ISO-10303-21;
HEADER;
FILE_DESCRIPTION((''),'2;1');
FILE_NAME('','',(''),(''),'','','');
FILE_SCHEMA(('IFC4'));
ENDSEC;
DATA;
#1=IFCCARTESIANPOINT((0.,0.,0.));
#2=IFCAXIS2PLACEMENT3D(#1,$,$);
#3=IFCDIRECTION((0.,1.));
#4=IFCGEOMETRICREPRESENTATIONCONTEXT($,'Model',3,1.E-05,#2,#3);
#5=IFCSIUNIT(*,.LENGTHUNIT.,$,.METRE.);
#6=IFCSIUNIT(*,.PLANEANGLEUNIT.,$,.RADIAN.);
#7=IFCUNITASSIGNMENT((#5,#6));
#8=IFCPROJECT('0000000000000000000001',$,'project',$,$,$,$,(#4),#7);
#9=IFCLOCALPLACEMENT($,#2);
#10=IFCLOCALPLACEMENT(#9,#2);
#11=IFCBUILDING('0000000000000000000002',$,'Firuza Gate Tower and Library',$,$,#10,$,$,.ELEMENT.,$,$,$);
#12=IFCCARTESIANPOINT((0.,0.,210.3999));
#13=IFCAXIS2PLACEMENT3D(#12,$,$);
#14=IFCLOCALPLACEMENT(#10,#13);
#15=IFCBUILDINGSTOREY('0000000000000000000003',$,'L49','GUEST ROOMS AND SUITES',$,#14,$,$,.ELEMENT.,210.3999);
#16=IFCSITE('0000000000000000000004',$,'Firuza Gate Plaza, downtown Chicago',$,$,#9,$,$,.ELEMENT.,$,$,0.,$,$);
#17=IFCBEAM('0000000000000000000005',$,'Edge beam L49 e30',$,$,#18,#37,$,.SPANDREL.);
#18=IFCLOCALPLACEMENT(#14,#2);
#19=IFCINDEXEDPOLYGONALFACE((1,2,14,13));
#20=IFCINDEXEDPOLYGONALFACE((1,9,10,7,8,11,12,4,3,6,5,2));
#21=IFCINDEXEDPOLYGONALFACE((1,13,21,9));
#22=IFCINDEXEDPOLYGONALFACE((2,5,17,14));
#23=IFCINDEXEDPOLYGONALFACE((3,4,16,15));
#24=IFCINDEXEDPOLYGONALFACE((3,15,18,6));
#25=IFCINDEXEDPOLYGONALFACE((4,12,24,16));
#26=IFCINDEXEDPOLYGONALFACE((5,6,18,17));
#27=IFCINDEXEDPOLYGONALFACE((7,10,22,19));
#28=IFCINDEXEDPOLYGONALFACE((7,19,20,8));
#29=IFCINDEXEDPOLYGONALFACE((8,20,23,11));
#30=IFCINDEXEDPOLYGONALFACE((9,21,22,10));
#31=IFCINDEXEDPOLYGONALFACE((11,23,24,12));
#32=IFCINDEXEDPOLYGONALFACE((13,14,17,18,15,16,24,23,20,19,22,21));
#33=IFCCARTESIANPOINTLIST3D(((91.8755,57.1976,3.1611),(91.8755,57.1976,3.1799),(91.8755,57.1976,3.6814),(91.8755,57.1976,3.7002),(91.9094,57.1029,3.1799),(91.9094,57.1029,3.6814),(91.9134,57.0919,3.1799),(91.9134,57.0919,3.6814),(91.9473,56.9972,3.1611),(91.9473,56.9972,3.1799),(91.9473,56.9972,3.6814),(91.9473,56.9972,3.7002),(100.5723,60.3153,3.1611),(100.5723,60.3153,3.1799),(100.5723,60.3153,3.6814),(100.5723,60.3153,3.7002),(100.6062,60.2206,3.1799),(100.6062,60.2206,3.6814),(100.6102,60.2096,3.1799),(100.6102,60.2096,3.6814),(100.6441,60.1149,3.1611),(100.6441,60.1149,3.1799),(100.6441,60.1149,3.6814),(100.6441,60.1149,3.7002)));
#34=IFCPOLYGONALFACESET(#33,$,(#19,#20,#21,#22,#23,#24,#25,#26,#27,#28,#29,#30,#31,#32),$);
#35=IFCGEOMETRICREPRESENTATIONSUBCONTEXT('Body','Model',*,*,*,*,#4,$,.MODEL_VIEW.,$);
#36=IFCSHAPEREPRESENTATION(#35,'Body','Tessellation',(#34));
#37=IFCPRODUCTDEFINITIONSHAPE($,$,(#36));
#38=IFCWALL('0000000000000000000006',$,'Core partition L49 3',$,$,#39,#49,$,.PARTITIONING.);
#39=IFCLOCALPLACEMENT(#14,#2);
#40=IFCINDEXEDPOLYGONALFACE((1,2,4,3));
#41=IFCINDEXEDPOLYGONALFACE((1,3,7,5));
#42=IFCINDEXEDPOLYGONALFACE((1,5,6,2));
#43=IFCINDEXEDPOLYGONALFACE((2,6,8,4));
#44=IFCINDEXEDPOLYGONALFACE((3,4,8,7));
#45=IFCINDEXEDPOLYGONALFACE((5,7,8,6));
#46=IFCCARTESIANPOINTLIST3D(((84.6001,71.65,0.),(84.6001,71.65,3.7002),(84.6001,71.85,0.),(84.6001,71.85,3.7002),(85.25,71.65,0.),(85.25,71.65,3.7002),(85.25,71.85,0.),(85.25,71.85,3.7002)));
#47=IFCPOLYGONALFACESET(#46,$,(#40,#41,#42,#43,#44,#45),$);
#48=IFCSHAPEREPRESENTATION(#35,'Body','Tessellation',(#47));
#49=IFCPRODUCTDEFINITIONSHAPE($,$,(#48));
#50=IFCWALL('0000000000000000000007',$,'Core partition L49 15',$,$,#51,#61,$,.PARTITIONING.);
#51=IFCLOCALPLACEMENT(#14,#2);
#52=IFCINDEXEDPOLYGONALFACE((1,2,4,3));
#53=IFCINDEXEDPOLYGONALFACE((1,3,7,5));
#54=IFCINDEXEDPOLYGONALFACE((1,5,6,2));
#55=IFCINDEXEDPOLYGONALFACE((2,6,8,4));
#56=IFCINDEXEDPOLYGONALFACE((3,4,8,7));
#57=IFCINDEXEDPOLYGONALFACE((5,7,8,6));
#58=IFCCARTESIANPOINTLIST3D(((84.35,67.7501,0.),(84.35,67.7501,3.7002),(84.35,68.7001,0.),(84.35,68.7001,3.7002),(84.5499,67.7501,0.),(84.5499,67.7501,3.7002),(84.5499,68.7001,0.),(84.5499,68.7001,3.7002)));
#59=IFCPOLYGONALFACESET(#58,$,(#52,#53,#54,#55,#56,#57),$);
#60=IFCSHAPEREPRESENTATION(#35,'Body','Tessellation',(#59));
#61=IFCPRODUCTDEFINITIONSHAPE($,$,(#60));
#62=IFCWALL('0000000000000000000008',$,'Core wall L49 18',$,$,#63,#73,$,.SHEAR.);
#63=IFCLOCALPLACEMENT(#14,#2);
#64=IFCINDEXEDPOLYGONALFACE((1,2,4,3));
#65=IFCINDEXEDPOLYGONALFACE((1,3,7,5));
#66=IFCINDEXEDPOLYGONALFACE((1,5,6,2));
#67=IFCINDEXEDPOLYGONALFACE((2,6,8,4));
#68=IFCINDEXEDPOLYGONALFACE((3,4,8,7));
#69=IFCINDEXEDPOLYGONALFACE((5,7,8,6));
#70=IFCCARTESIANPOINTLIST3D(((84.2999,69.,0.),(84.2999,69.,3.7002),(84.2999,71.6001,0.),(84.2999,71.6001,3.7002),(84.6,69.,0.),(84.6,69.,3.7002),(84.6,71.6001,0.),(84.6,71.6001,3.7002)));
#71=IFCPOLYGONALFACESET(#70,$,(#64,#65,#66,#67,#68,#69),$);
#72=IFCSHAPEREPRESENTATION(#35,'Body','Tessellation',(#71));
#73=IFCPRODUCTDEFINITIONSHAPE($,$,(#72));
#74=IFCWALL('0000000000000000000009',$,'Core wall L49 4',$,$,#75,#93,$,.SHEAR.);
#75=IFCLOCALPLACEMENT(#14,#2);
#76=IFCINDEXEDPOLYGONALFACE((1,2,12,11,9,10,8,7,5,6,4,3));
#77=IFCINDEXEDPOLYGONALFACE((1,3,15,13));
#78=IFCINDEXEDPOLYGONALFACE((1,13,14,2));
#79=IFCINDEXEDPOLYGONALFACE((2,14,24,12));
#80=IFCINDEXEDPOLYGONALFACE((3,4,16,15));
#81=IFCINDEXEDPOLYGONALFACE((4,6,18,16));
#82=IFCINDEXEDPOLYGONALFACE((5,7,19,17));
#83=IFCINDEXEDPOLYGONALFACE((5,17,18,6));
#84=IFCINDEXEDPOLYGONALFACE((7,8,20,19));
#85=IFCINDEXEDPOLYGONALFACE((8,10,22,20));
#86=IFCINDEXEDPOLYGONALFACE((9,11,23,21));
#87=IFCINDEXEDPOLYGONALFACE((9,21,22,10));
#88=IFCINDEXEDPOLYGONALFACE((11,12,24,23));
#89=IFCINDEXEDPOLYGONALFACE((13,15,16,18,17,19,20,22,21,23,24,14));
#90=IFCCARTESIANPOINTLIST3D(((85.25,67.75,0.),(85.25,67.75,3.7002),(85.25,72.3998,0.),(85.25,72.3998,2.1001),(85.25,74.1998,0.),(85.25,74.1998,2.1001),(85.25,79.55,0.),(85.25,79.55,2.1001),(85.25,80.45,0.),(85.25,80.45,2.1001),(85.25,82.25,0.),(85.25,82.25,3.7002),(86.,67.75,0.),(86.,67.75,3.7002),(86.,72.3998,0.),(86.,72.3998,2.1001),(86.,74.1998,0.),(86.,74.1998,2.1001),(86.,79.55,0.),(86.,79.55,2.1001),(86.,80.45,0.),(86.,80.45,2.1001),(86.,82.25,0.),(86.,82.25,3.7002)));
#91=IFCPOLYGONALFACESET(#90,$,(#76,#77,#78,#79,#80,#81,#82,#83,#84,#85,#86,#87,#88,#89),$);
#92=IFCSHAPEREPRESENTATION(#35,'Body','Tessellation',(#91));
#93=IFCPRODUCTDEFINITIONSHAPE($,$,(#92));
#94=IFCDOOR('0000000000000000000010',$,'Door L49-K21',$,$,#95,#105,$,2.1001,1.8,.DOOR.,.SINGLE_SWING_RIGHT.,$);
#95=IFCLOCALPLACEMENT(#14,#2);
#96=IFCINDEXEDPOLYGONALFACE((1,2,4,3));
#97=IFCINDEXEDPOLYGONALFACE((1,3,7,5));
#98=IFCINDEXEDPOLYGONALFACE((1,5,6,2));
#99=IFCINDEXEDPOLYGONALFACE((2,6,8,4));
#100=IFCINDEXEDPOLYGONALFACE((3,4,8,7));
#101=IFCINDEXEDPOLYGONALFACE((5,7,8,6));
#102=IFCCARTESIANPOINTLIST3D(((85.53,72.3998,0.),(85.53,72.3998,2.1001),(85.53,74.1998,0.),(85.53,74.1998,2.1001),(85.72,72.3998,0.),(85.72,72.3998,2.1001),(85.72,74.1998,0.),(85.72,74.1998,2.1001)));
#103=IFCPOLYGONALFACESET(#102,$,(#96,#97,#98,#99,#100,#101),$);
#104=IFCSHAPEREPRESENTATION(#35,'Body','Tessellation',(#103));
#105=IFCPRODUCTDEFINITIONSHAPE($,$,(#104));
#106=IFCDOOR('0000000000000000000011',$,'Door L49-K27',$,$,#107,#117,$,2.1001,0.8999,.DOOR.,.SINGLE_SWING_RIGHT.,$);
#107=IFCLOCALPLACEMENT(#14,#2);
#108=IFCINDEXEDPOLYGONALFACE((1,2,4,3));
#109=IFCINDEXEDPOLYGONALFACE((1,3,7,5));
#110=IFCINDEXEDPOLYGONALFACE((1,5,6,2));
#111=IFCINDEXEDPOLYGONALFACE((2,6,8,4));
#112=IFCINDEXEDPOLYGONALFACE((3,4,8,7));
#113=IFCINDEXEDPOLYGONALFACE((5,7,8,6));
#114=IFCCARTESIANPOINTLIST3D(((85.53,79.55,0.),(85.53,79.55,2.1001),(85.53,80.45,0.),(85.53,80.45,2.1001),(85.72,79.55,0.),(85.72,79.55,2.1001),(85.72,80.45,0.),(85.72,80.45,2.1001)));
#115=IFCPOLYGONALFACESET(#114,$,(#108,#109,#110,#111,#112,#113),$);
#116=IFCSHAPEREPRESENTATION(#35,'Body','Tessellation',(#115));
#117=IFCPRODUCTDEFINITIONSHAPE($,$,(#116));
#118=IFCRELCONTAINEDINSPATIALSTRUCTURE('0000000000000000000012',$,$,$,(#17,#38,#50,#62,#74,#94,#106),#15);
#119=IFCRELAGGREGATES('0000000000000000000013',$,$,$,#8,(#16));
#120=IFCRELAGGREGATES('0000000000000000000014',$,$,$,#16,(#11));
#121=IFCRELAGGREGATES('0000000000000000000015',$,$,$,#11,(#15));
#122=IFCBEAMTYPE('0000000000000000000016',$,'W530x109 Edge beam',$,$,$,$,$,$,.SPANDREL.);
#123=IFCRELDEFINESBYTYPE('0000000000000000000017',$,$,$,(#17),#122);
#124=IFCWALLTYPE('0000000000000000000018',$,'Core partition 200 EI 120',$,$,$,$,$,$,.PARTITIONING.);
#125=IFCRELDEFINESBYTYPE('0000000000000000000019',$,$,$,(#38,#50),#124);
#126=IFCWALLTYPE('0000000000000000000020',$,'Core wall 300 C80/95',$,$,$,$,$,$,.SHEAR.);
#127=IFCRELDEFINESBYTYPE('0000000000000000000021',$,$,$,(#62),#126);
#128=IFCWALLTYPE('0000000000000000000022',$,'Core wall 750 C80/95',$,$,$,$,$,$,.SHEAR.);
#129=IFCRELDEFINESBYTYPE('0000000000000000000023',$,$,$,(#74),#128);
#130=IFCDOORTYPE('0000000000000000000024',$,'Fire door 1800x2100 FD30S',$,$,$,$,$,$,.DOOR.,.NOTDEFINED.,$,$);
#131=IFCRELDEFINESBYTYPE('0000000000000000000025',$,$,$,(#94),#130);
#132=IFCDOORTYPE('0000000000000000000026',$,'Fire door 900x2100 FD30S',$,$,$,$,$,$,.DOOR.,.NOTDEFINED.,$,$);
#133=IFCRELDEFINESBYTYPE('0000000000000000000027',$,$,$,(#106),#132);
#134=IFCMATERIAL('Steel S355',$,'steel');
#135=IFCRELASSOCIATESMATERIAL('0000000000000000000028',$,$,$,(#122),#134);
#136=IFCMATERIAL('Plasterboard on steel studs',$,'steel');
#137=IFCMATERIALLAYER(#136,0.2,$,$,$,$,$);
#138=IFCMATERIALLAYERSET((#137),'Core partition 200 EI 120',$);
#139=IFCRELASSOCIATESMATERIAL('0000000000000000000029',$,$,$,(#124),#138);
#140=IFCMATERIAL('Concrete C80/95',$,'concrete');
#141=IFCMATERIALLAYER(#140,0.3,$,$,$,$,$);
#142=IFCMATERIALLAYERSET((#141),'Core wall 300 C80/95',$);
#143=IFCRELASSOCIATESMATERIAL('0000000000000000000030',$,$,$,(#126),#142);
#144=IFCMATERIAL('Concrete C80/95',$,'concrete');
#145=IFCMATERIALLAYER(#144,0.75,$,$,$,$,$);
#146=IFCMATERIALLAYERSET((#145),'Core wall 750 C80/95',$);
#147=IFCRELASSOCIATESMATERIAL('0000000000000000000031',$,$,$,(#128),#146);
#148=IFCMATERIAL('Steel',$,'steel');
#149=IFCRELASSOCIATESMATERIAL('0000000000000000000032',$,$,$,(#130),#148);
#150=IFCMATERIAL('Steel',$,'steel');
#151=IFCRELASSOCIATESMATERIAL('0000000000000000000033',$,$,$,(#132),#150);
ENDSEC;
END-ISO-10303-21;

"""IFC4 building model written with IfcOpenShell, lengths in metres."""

from ifc_helpers import new_model, si_unit, direction, frame, frame_2d, origin, origin_2d, place, context, subcontext, project, spatial, rectangle, i_section, extrude, material, layer, layer_set, material_profile, profile_set, type_object, element, fill, save


model = new_model("IFC4")

# Units and contexts
model_context = context("Model", 3, precision=1e-05, world=origin(), true_north=direction((0.0, 1.0)))
body_context = subcontext(model_context, "Body", "Model", "MODEL_VIEW")
ifc_project = project(units=[si_unit("LENGTHUNIT", "METRE"), si_unit("PLANEANGLEUNIT", "RADIAN")], contexts=[model_context])

# Site, building, storey
site_placement = place(None, origin())
site = spatial("IfcSite", under=ifc_project, at=site_placement, Name="Firuza Gate Plaza, downtown Chicago", CompositionType="ELEMENT", RefElevation=0.0)
building_placement = place(site_placement, origin())
building = spatial("IfcBuilding", under=site, at=building_placement, Name="Firuza Gate Tower and Library", CompositionType="ELEMENT")
storey_placement = place(building_placement, frame((0.0, 0.0, 210.3999)))
storey = spatial("IfcBuildingStorey", under=building, at=storey_placement, Name="L49", Description="GUEST ROOMS AND SUITES", CompositionType="ELEMENT", Elevation=210.3999)

# Beam
ifc_material_1 = material(Name="Steel S355", Category="steel")
ifc_material_profile = material_profile(ifc_material_1, i_section(OverallWidth=0.2129, OverallDepth=0.5391, WebThickness=0.0117, FlangeThickness=0.0188, at=origin_2d()))
ifc_profile_set = profile_set([ifc_material_profile], Name="Steel S355")
beam_type = type_object("IfcBeamType", Name="W530x109 Edge beam", PredefinedType="SPANDREL", material=ifc_profile_set)
beam_placement = place(storey_placement, frame((91.9114, 57.0974, 3.4307), z_axis=(0.941341, 0.337458, 0.0), x_axis=(-0.337458, 0.941341, 0.0)))
element("IfcBeam", 1, at=beam_placement, inside=storey, type_object=beam_type, Name="Edge beam L49 e30", PredefinedType="SPANDREL", context=body_context, shape_type="SweptSolid", body=[
    extrude(i_section(OverallWidth=0.2129, OverallDepth=0.5391, WebThickness=0.0117, FlangeThickness=0.0188, at=origin_2d()), origin(), (0.0, 0.0, 1.0), 9.2388),
])

# Walls
ifc_material_2 = material(Name="Plasterboard on steel studs", Category="steel")
ifc_layer_1 = layer(ifc_material_2, 0.2)
ifc_layer_set_1 = layer_set([ifc_layer_1], Name="Core partition 200 EI 120")
wall_type_1 = type_object("IfcWallType", Name="Core partition 200 EI 120", PredefinedType="PARTITIONING", material=ifc_layer_set_1)
wall_1_placement = place(storey_placement, frame((84.6001, 71.75, 0.0), z_axis=(0.0, 0.0, 1.0), x_axis=(1.0, 0.0, 0.0)))
element("IfcWall", 2, at=wall_1_placement, inside=storey, type_object=wall_type_1, Name="Core partition L49 3", PredefinedType="PARTITIONING", context=body_context, shape_type="SweptSolid", body=[
    extrude(rectangle(XDim=0.6499, YDim=0.2, at=frame_2d((0.325, 0.0))), origin(), (0.0, 0.0, 1.0), 3.7002),
])
wall_2_placement = place(storey_placement, frame((84.45, 67.75, 0.0), z_axis=(0.0, 0.0, 1.0), x_axis=(0.0, 1.0, 0.0)))
element("IfcWall", 3, at=wall_2_placement, inside=storey, type_object=wall_type_1, Name="Core partition L49 15", PredefinedType="PARTITIONING", context=body_context, shape_type="SweptSolid", body=[
    extrude(rectangle(XDim=0.95, YDim=0.2, at=frame_2d((0.4751, 0.0))), origin(), (0.0, 0.0, 1.0), 3.7002),
])
ifc_material_3 = material(Name="Concrete C80/95", Category="concrete")
ifc_layer_2 = layer(ifc_material_3, 0.3)
ifc_layer_set_2 = layer_set([ifc_layer_2], Name="Core wall 300 C80/95")
wall_type_2 = type_object("IfcWallType", Name="Core wall 300 C80/95", PredefinedType="SHEAR", material=ifc_layer_set_2)
wall_3_placement = place(storey_placement, frame((84.45, 69.0, 0.0), z_axis=(0.0, 0.0, 1.0), x_axis=(0.0, 1.0, 0.0)))
element("IfcWall", 4, at=wall_3_placement, inside=storey, type_object=wall_type_2, Name="Core wall L49 18", PredefinedType="SHEAR", context=body_context, shape_type="SweptSolid", body=[
    extrude(rectangle(XDim=2.6001, YDim=0.3, at=frame_2d((1.3, 0.0))), origin(), (0.0, 0.0, 1.0), 3.7002),
])

# Wall, openings, doors
ifc_material_4 = material(Name="Concrete C80/95", Category="concrete")
ifc_layer_3 = layer(ifc_material_4, 0.75)
ifc_layer_set_3 = layer_set([ifc_layer_3], Name="Core wall 750 C80/95")
wall_type_3 = type_object("IfcWallType", Name="Core wall 750 C80/95", PredefinedType="SHEAR", material=ifc_layer_set_3)
wall_4_placement = place(storey_placement, frame((85.625, 67.75, 0.0), z_axis=(0.0, 0.0, 1.0), x_axis=(0.0, 1.0, 0.0)))
wall_4 = element("IfcWall", 5, at=wall_4_placement, inside=storey, type_object=wall_type_3, Name="Core wall L49 4", PredefinedType="SHEAR", context=body_context, shape_type="SweptSolid", body=[
    extrude(rectangle(XDim=14.5, YDim=0.75, at=frame_2d((7.25, 0.0))), origin(), (0.0, 0.0, 1.0), 3.7002),
])
opening_1_placement = place(wall_4_placement, frame((4.6499, 0.0, 0.0)))
opening_1 = element("IfcOpeningElement", 6, at=opening_1_placement, cuts=wall_4, PredefinedType="OPENING", context=body_context, shape_type="SweptSolid", body=[
    extrude(rectangle(XDim=1.8, YDim=2.1001, at=frame_2d((0.8999, 1.05))), frame((0.0, 0.385, 0.0), z_axis=(0.0, -1.0, 0.0), x_axis=(1.0, 0.0, 0.0)), (0.0, 0.0, 1.0), 0.77),
])
opening_2_placement = place(wall_4_placement, frame((11.8, 0.0, 0.0)))
opening_2 = element("IfcOpeningElement", 7, at=opening_2_placement, cuts=wall_4, PredefinedType="OPENING", context=body_context, shape_type="SweptSolid", body=[
    extrude(rectangle(XDim=0.8999, YDim=2.1001, at=frame_2d((0.45, 1.05))), frame((0.0, 0.385, 0.0), z_axis=(0.0, -1.0, 0.0), x_axis=(1.0, 0.0, 0.0)), (0.0, 0.0, 1.0), 0.77),
])
ifc_material_5 = material(Name="Steel", Category="steel")
door_type_1 = type_object("IfcDoorType", Name="Fire door 1800x2100 FD30S", OperationType="NOTDEFINED", PredefinedType="DOOR", material=ifc_material_5)
door_1_placement = place(opening_1_placement, origin())
door_1 = element("IfcDoor", 8, at=door_1_placement, inside=storey, type_object=door_type_1, Name="Door L49-K21", OperationType="SINGLE_SWING_RIGHT", OverallHeight=2.1001, OverallWidth=1.8, PredefinedType="DOOR", context=body_context, shape_type="SweptSolid", body=[
    extrude(rectangle(XDim=1.8, YDim=2.1001, at=frame_2d((0.8999, 1.05))), frame((0.0, 0.095, 0.0), z_axis=(0.0, -1.0, 0.0), x_axis=(1.0, 0.0, 0.0)), (0.0, 0.0, 1.0), 0.1899),
])
fill(opening_1, door_1)
ifc_material_6 = material(Name="Steel", Category="steel")
door_type_2 = type_object("IfcDoorType", Name="Fire door 900x2100 FD30S", OperationType="NOTDEFINED", PredefinedType="DOOR", material=ifc_material_6)
door_2_placement = place(opening_2_placement, origin())
door_2 = element("IfcDoor", 9, at=door_2_placement, inside=storey, type_object=door_type_2, Name="Door L49-K27", OperationType="SINGLE_SWING_RIGHT", OverallHeight=2.1001, OverallWidth=0.8999, PredefinedType="DOOR", context=body_context, shape_type="SweptSolid", body=[
    extrude(rectangle(XDim=0.8999, YDim=2.1001, at=frame_2d((0.45, 1.05))), frame((0.0, 0.095, 0.0), z_axis=(0.0, -1.0, 0.0), x_axis=(1.0, 0.0, 0.0)), (0.0, 0.0, 1.0), 0.1899),
])
fill(opening_2, door_2)

save(model, "model.ifc")
